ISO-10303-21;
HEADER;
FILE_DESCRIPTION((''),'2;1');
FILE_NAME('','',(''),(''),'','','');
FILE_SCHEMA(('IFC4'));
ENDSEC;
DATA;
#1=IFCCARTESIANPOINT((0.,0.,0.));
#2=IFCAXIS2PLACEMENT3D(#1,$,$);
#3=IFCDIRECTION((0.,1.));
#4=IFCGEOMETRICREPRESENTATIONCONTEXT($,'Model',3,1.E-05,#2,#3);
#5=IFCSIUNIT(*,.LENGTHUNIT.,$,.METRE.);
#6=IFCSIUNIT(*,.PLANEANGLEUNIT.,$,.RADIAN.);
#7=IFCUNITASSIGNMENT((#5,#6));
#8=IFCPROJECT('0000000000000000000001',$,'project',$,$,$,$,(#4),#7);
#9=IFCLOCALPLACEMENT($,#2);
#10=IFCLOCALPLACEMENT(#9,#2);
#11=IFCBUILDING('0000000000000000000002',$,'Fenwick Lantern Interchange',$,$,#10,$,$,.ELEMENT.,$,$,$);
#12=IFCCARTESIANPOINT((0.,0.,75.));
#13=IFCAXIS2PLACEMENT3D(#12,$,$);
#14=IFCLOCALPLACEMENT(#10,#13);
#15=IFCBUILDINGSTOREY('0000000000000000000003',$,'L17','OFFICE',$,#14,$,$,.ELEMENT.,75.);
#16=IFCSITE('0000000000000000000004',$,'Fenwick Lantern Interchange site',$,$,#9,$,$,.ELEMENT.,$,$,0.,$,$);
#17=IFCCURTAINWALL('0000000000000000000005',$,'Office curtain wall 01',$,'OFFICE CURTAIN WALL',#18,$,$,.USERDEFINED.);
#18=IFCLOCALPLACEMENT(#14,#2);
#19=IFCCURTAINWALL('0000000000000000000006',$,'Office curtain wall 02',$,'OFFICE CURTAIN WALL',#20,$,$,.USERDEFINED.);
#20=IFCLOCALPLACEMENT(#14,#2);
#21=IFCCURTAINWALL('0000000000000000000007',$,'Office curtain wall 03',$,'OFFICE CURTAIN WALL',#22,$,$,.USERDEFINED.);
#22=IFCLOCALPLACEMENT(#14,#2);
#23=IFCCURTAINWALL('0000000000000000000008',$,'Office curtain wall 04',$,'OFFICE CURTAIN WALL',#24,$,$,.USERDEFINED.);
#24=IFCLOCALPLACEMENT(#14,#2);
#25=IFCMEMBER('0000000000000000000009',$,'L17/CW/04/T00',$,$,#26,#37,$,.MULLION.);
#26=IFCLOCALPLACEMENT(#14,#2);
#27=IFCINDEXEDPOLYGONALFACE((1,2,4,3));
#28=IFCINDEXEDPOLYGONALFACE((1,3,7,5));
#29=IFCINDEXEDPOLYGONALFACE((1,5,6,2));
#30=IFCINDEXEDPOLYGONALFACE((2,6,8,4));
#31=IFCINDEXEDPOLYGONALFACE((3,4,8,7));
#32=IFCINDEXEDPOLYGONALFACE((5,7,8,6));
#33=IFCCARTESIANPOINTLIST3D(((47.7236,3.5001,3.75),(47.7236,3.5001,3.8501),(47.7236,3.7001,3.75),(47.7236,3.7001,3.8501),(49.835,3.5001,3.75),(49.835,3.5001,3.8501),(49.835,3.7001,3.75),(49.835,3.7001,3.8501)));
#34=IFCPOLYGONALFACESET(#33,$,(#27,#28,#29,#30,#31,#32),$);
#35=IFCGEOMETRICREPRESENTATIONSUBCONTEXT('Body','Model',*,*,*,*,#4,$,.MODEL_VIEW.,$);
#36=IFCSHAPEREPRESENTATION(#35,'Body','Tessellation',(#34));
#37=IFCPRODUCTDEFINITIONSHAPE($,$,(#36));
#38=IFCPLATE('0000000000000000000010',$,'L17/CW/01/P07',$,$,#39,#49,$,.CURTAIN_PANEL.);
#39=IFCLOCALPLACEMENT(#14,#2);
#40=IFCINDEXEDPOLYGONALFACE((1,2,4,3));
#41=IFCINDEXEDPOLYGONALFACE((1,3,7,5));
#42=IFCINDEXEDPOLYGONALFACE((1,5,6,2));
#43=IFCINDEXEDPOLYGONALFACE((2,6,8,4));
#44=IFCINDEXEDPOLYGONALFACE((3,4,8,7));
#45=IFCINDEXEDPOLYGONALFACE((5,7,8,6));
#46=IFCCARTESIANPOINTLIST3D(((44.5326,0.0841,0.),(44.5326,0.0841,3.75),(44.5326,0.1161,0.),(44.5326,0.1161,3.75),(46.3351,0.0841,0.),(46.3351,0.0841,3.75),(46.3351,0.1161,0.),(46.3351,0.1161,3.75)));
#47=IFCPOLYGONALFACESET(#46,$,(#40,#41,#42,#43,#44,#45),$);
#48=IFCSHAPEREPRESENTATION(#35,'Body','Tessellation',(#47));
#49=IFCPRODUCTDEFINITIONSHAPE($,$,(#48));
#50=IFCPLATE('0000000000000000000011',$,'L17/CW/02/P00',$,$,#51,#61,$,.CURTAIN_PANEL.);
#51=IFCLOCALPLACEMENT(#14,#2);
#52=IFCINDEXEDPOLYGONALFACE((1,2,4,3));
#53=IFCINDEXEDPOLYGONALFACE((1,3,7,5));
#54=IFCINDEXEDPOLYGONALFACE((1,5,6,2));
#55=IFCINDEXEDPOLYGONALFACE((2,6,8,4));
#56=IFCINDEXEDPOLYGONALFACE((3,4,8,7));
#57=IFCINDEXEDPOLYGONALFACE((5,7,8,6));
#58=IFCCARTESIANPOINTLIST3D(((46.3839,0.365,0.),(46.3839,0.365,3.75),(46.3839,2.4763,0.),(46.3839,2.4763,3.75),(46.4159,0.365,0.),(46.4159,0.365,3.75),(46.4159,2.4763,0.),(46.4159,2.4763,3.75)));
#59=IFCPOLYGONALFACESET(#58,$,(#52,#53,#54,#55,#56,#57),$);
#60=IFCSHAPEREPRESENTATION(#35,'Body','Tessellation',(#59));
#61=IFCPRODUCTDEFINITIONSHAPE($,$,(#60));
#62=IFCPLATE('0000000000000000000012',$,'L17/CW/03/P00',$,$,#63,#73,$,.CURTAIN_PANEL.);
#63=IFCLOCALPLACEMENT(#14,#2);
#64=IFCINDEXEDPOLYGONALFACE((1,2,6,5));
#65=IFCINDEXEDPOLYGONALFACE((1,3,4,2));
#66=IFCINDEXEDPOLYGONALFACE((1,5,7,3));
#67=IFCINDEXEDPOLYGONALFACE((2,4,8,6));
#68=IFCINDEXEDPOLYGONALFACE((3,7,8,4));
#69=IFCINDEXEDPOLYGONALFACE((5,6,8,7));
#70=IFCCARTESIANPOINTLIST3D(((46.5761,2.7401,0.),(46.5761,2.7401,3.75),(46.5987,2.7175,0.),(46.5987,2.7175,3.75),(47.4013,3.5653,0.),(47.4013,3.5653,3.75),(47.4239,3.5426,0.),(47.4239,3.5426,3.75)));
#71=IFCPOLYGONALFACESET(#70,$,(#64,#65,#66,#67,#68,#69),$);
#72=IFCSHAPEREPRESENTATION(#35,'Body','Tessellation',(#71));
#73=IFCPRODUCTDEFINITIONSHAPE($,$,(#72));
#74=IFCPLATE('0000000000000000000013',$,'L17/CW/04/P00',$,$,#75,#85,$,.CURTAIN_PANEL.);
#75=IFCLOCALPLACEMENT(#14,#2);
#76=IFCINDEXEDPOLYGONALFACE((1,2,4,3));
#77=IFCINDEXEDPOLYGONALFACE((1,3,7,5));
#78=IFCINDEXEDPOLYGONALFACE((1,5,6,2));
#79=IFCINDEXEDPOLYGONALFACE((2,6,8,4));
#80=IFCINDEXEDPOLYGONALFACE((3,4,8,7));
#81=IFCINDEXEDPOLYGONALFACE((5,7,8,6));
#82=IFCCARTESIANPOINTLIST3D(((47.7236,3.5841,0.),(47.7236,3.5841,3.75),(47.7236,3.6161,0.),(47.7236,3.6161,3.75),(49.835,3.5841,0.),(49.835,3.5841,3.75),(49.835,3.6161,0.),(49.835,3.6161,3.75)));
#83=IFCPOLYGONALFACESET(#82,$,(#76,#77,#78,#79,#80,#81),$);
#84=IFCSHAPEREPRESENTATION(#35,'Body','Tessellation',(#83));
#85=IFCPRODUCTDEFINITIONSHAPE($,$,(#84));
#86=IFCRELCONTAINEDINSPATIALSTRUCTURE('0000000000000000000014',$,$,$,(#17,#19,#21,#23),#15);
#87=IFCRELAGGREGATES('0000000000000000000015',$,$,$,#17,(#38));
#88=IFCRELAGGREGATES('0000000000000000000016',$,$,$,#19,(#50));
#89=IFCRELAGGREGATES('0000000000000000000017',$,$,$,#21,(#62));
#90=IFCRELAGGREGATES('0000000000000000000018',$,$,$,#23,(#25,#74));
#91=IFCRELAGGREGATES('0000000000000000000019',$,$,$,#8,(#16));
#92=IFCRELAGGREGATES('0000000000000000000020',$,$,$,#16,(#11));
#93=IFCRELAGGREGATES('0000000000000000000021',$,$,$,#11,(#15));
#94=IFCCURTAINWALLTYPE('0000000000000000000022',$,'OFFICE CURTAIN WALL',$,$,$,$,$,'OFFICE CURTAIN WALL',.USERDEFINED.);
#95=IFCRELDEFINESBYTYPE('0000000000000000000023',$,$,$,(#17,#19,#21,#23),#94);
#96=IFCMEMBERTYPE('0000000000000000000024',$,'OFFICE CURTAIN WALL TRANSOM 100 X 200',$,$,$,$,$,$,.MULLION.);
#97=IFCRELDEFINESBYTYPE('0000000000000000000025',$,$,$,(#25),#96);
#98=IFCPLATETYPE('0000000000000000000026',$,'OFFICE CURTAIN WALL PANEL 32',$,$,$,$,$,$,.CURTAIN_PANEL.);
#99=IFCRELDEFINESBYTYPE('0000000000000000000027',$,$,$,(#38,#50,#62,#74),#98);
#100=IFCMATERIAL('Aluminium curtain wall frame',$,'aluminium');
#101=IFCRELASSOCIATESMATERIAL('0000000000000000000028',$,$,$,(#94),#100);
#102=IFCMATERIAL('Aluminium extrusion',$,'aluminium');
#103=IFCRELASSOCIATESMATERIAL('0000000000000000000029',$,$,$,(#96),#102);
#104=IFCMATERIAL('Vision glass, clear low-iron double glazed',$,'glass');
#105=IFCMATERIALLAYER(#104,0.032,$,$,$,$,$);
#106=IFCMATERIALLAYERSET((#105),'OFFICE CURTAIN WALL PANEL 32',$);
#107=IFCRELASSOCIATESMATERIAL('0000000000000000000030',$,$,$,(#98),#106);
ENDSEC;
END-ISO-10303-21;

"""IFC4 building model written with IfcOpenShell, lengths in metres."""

from ifc_helpers import new_model, si_unit, direction, frame, origin, origin_2d, place, context, subcontext, project, spatial, rectangle, extrude, material, layer, layer_set, material_profile, profile_set, type_object, element, aggregate, save


model = new_model("IFC4")

# Units and contexts
model_context = context("Model", 3, precision=1e-05, world=origin(), true_north=direction((0.0, 1.0)))
body_context = subcontext(model_context, "Body", "Model", "MODEL_VIEW")
ifc_project = project(units=[si_unit("LENGTHUNIT", "METRE"), si_unit("PLANEANGLEUNIT", "RADIAN")], contexts=[model_context])

# Site, building, storey
site_placement = place(None, origin())
site = spatial("IfcSite", under=ifc_project, at=site_placement, Name="Fenwick Lantern Interchange site", CompositionType="ELEMENT", RefElevation=0.0)
building_placement = place(site_placement, origin())
building = spatial("IfcBuilding", under=site, at=building_placement, Name="Fenwick Lantern Interchange", CompositionType="ELEMENT")
storey_placement = place(building_placement, frame((0.0, 0.0, 75.0)))
storey = spatial("IfcBuildingStorey", under=building, at=storey_placement, Name="L17", Description="OFFICE", CompositionType="ELEMENT", Elevation=75.0)

# Curtain walls
ifc_material_1 = material(Name="Aluminium curtain wall frame", Category="aluminium")
curtain_wall_type = type_object("IfcCurtainWallType", Name="OFFICE CURTAIN WALL", ElementType="OFFICE CURTAIN WALL", PredefinedType="USERDEFINED", material=ifc_material_1)
curtain_wall_1_placement = place(storey_placement, origin())
curtain_wall_1 = element("IfcCurtainWall", 1, at=curtain_wall_1_placement, inside=storey, type_object=curtain_wall_type, Name="Office curtain wall 01", ObjectType="OFFICE CURTAIN WALL", PredefinedType="USERDEFINED")
ifc_material_2 = material(Name="Aluminium extrusion", Category="aluminium")
curtain_wall_2_placement = place(storey_placement, origin())
curtain_wall_2 = element("IfcCurtainWall", 2, at=curtain_wall_2_placement, inside=storey, type_object=curtain_wall_type, Name="Office curtain wall 02", ObjectType="OFFICE CURTAIN WALL", PredefinedType="USERDEFINED")
curtain_wall_3_placement = place(storey_placement, origin())
curtain_wall_3 = element("IfcCurtainWall", 3, at=curtain_wall_3_placement, inside=storey, type_object=curtain_wall_type, Name="Office curtain wall 03", ObjectType="OFFICE CURTAIN WALL", PredefinedType="USERDEFINED")
curtain_wall_4_placement = place(storey_placement, origin())
curtain_wall_4 = element("IfcCurtainWall", 4, at=curtain_wall_4_placement, inside=storey, type_object=curtain_wall_type, Name="Office curtain wall 04", ObjectType="OFFICE CURTAIN WALL", PredefinedType="USERDEFINED")

# Member
ifc_material_profile_1 = material_profile(ifc_material_2, rectangle(XDim=0.2, YDim=0.1001, at=origin_2d()), Name="OFFICE CURTAIN WALL TRANSOM 100 X 200")
ifc_profile_set_1 = profile_set([ifc_material_profile_1], Name="Aluminium extrusion")
member_type_1 = type_object("IfcMemberType", Name="OFFICE CURTAIN WALL TRANSOM 100 X 200", PredefinedType="MULLION", material=ifc_profile_set_1)
member_1_placement = place(storey_placement, frame((47.7236, 3.6001, 3.8), z_axis=(1.0, 0.0, 0.0), x_axis=(0.0, 1.0, 0.0)))
member_1 = element("IfcMember", 5, at=member_1_placement, type_object=member_type_1, Name="L17/CW/04/T00", PredefinedType="MULLION", context=body_context, shape_type="SweptSolid", body=[
    extrude(rectangle(XDim=0.2, YDim=0.1001, at=origin_2d()), origin(), (0.0, 0.0, 1.0), 2.1113),
])

# Plates
ifc_material_3 = material(Name="Vision glass, clear low-iron double glazed", Category="glass")
ifc_layer_1 = layer(ifc_material_3, 0.032)
ifc_layer_set_1 = layer_set([ifc_layer_1], Name="OFFICE CURTAIN WALL PANEL 32")
plate_type = type_object("IfcPlateType", Name="OFFICE CURTAIN WALL PANEL 32", PredefinedType="CURTAIN_PANEL", material=ifc_layer_set_1)
plate_1_placement = place(storey_placement, frame((45.4338, 0.1001, 0.0), z_axis=(0.0, 0.0, 1.0), x_axis=(1.0, 0.0, 0.0)))
plate_1 = element("IfcPlate", 6, at=plate_1_placement, type_object=plate_type, Name="L17/CW/01/P07", PredefinedType="CURTAIN_PANEL", context=body_context, shape_type="SweptSolid", body=[
    extrude(rectangle(XDim=1.8025, YDim=0.032, at=origin_2d()), origin(), (0.0, 0.0, 1.0), 3.75),
])
aggregate(curtain_wall_1, [plate_1])
plate_2_placement = place(storey_placement, frame((46.3999, 1.4207, 0.0), z_axis=(0.0, 0.0, 1.0), x_axis=(0.0, 1.0, 0.0)))
plate_2 = element("IfcPlate", 7, at=plate_2_placement, type_object=plate_type, Name="L17/CW/02/P00", PredefinedType="CURTAIN_PANEL", context=body_context, shape_type="SweptSolid", body=[
    extrude(rectangle(XDim=2.1113, YDim=0.032, at=origin_2d()), origin(), (0.0, 0.0, 1.0), 3.75),
])
aggregate(curtain_wall_2, [plate_2])
plate_3_placement = place(storey_placement, frame((47.0, 3.1414, 0.0), z_axis=(0.0, 0.0, 1.0), x_axis=(0.707107, 0.707107, 0.0)))
plate_3 = element("IfcPlate", 8, at=plate_3_placement, type_object=plate_type, Name="L17/CW/03/P00", PredefinedType="CURTAIN_PANEL", context=body_context, shape_type="SweptSolid", body=[
    extrude(rectangle(XDim=1.167, YDim=0.032, at=origin_2d()), origin(), (0.0, 0.0, 1.0), 3.75),
])
aggregate(curtain_wall_3, [plate_3])
plate_4_placement = place(storey_placement, frame((48.7793, 3.6001, 0.0), z_axis=(0.0, 0.0, 1.0), x_axis=(1.0, 0.0, 0.0)))
plate_4 = element("IfcPlate", 9, at=plate_4_placement, type_object=plate_type, Name="L17/CW/04/P00", PredefinedType="CURTAIN_PANEL", context=body_context, shape_type="SweptSolid", body=[
    extrude(rectangle(XDim=2.1113, YDim=0.032, at=origin_2d()), origin(), (0.0, 0.0, 1.0), 3.75),
])
aggregate(curtain_wall_4, [member_1, plate_4])

save(model, "model.ifc")
